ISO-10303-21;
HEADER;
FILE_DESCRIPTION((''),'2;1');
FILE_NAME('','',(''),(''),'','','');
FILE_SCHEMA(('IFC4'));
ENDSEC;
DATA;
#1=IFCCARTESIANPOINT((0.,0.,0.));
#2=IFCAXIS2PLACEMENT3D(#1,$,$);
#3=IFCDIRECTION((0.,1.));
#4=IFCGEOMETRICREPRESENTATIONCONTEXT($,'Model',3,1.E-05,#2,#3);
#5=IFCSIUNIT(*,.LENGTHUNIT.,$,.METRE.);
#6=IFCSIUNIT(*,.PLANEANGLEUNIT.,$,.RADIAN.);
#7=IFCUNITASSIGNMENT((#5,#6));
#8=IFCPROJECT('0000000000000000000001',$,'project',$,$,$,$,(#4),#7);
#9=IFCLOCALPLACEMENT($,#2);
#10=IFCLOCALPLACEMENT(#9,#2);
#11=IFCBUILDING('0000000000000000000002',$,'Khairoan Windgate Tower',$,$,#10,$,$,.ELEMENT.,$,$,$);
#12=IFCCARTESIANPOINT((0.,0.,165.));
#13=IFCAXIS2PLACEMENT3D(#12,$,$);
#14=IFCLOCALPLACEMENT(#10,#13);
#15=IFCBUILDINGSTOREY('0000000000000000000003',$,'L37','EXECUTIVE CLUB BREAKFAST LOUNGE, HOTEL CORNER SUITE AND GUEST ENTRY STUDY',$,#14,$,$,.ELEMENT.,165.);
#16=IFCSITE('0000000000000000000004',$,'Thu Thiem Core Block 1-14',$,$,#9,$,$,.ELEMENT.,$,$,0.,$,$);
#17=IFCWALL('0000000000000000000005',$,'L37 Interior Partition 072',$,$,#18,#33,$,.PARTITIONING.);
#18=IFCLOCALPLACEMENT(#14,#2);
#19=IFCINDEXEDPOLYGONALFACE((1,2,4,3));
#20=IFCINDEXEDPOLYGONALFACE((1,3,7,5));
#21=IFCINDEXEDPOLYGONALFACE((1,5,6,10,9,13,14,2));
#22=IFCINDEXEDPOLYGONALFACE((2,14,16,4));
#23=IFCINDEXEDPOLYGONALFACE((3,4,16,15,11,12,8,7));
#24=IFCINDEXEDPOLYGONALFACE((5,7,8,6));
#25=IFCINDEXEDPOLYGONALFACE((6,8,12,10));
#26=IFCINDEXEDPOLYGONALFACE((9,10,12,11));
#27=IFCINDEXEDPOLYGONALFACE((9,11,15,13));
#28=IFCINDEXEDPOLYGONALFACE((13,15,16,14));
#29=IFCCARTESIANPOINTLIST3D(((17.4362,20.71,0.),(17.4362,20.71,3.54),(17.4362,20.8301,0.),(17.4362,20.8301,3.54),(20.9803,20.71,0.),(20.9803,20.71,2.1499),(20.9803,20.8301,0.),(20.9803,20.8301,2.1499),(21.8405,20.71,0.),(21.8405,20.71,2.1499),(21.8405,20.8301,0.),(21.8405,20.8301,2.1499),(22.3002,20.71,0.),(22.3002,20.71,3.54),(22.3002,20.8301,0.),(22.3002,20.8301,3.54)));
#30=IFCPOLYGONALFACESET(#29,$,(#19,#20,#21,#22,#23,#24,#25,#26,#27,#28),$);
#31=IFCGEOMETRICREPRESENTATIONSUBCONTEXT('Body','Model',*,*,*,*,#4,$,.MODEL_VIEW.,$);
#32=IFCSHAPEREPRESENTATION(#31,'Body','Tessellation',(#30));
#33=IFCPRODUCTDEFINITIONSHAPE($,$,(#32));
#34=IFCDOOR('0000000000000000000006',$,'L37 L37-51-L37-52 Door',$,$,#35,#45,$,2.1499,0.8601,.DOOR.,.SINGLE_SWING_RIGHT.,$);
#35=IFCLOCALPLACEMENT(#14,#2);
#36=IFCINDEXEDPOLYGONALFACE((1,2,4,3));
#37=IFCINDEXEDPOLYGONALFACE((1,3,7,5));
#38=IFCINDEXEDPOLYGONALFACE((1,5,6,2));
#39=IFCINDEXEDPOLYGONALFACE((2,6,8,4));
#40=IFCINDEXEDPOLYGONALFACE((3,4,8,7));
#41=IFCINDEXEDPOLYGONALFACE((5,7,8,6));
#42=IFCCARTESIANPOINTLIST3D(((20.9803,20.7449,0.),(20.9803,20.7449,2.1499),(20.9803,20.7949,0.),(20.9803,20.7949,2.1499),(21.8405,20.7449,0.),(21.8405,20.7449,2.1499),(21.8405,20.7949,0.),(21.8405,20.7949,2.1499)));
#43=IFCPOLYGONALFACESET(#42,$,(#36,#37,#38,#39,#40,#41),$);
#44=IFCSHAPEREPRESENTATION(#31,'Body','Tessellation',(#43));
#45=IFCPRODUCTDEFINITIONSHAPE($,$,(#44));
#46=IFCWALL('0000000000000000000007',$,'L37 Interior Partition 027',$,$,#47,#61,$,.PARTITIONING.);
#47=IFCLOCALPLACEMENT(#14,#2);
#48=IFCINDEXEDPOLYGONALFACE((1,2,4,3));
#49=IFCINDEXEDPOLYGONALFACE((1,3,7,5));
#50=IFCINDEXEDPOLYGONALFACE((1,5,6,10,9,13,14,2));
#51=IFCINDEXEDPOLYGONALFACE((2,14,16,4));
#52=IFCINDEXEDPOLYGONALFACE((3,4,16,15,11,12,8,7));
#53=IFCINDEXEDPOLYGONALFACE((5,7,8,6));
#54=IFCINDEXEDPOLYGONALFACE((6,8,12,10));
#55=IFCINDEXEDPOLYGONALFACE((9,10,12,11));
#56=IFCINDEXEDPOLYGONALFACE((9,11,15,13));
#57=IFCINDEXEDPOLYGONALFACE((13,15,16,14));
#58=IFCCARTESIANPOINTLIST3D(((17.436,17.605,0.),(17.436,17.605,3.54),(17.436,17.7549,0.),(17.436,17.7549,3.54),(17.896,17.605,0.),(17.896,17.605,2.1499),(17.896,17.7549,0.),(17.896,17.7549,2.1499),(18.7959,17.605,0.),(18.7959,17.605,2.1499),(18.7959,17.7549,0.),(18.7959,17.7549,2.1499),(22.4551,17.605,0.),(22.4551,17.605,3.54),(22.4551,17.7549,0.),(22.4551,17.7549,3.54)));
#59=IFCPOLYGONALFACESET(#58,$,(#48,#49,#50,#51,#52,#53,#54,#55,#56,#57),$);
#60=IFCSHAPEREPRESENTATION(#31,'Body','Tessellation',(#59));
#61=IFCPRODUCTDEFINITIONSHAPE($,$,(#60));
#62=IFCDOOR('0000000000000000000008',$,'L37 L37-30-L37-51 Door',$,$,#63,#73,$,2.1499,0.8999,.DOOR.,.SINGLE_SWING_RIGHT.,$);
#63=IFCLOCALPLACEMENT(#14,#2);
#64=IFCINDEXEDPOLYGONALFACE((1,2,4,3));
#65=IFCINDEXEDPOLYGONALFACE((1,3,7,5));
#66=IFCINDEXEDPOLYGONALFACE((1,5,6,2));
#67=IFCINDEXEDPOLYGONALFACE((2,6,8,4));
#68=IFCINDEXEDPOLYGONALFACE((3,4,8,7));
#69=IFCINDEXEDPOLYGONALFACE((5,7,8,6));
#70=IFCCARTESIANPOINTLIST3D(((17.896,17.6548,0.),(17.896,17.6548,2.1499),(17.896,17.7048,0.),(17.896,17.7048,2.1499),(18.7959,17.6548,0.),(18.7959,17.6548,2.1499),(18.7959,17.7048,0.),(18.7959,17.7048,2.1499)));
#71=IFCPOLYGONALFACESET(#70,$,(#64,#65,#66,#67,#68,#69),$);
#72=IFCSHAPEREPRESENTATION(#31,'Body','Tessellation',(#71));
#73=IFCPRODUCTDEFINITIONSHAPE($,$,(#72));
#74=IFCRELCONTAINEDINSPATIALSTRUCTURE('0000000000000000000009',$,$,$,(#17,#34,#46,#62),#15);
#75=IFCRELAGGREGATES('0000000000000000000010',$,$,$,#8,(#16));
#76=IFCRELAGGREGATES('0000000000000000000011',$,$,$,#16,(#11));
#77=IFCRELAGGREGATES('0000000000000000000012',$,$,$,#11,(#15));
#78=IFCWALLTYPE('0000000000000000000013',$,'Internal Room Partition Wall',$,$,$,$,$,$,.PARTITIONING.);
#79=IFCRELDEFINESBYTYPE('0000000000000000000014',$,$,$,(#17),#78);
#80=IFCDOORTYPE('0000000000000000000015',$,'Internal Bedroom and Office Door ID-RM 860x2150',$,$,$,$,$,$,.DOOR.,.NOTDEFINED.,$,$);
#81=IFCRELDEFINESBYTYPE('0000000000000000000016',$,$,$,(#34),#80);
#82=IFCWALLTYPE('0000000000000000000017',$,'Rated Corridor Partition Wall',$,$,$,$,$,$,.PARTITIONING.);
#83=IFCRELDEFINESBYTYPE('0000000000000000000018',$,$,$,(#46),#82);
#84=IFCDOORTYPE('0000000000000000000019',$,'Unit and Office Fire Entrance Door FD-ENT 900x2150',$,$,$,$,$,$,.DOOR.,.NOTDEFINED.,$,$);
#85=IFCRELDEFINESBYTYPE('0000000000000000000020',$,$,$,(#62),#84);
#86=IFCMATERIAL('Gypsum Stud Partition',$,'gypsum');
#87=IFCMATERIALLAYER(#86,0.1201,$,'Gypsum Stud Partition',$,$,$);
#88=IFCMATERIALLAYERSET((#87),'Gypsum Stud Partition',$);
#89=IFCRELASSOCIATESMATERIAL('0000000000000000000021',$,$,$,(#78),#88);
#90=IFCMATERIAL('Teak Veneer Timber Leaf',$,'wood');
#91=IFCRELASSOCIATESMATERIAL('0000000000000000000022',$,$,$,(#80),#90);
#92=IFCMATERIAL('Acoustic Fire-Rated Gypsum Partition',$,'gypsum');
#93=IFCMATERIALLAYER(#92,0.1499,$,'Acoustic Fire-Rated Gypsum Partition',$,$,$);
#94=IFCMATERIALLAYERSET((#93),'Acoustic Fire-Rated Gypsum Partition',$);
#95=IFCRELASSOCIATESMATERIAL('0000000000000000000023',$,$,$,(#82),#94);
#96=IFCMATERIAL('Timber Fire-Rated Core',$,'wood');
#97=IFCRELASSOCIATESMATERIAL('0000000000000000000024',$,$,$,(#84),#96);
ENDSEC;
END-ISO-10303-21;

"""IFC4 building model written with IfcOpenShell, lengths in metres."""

from ifc_helpers import new_model, si_unit, direction, frame, frame_2d, origin, place, context, subcontext, project, spatial, rectangle, extrude, material, layer, layer_set, type_object, element, fill, save


model = new_model("IFC4")

# Units and contexts
model_context = context("Model", 3, precision=1e-05, world=origin(), true_north=direction((0.0, 1.0)))
body_context = subcontext(model_context, "Body", "Model", "MODEL_VIEW")
ifc_project = project(units=[si_unit("LENGTHUNIT", "METRE"), si_unit("PLANEANGLEUNIT", "RADIAN")], contexts=[model_context])

# Site, building, storey
site_placement = place(None, origin())
site = spatial("IfcSite", under=ifc_project, at=site_placement, Name="Thu Thiem Core Block 1-14", CompositionType="ELEMENT", RefElevation=0.0)
building_placement = place(site_placement, origin())
building = spatial("IfcBuilding", under=site, at=building_placement, Name="Khairoan Windgate Tower", CompositionType="ELEMENT")
storey_placement = place(building_placement, frame((0.0, 0.0, 165.0)))
storey = spatial("IfcBuildingStorey", under=building, at=storey_placement, Name="L37", Description="EXECUTIVE CLUB BREAKFAST LOUNGE, HOTEL CORNER SUITE AND GUEST ENTRY STUDY", CompositionType="ELEMENT", Elevation=165.0)

# Wall, opening, door
ifc_material_1 = material(Name="Gypsum Stud Partition", Category="gypsum")
ifc_layer_1 = layer(ifc_material_1, 0.1201, Name="Gypsum Stud Partition")
ifc_layer_set_1 = layer_set([ifc_layer_1], Name="Gypsum Stud Partition")
wall_type_1 = type_object("IfcWallType", Name="Internal Room Partition Wall", PredefinedType="PARTITIONING", material=ifc_layer_set_1)
wall_1_placement = place(storey_placement, frame((17.436, 20.77, 0.0), z_axis=(0.0, 0.0, 1.0), x_axis=(1.0, 0.0, 0.0)))
wall_1 = element("IfcWall", 1, at=wall_1_placement, inside=storey, type_object=wall_type_1, Name="L37 Interior Partition 072", PredefinedType="PARTITIONING", context=body_context, shape_type="SweptSolid", body=[
    extrude(rectangle(XDim=4.864, YDim=0.1201, at=frame_2d((2.4321, 0.0))), origin(), (0.0, 0.0, 1.0), 3.54),
])
opening_1_placement = place(wall_1_placement, frame((3.5442, 0.0, 0.0)))
opening_1 = element("IfcOpeningElement", 2, at=opening_1_placement, cuts=wall_1, PredefinedType="OPENING", context=body_context, shape_type="SweptSolid", body=[
    extrude(rectangle(XDim=0.8601, YDim=2.1499, at=frame_2d((0.4302, 1.075))), frame((0.0, 0.0701, 0.0), z_axis=(0.0, -1.0, 0.0), x_axis=(1.0, 0.0, 0.0)), (0.0, 0.0, 1.0), 0.1401),
])
ifc_material_2 = material(Name="Teak Veneer Timber Leaf", Category="wood")
door_type_1 = type_object("IfcDoorType", Name="Internal Bedroom and Office Door ID-RM 860x2150", OperationType="NOTDEFINED", PredefinedType="DOOR", material=ifc_material_2)
door_1_placement = place(opening_1_placement, origin())
door_1 = element("IfcDoor", 3, at=door_1_placement, inside=storey, type_object=door_type_1, Name="L37 L37-51-L37-52 Door", OperationType="SINGLE_SWING_RIGHT", OverallHeight=2.1499, OverallWidth=0.8601, PredefinedType="DOOR", context=body_context, shape_type="SweptSolid", body=[
    extrude(rectangle(XDim=0.8601, YDim=2.1499, at=frame_2d((0.4302, 1.075))), frame((0.0, 0.0249, 0.0), z_axis=(0.0, -1.0, 0.0), x_axis=(1.0, 0.0, 0.0)), (0.0, 0.0, 1.0), 0.05),
])
fill(opening_1, door_1)

# Wall, opening, door
ifc_material_3 = material(Name="Acoustic Fire-Rated Gypsum Partition", Category="gypsum")
ifc_layer_2 = layer(ifc_material_3, 0.1499, Name="Acoustic Fire-Rated Gypsum Partition")
ifc_layer_set_2 = layer_set([ifc_layer_2], Name="Acoustic Fire-Rated Gypsum Partition")
wall_type_2 = type_object("IfcWallType", Name="Rated Corridor Partition Wall", PredefinedType="PARTITIONING", material=ifc_layer_set_2)
wall_2_placement = place(storey_placement, frame((17.436, 17.6799, 0.0), z_axis=(0.0, 0.0, 1.0), x_axis=(1.0, 0.0, 0.0)))
wall_2 = element("IfcWall", 4, at=wall_2_placement, inside=storey, type_object=wall_type_2, Name="L37 Interior Partition 027", PredefinedType="PARTITIONING", context=body_context, shape_type="SweptSolid", body=[
    extrude(rectangle(XDim=5.019, YDim=0.1499, at=frame_2d((2.5095, 0.0))), origin(), (0.0, 0.0, 1.0), 3.54),
])
opening_2_placement = place(wall_2_placement, frame((0.46, 0.0, 0.0)))
opening_2 = element("IfcOpeningElement", 5, at=opening_2_placement, cuts=wall_2, PredefinedType="OPENING", context=body_context, shape_type="SweptSolid", body=[
    extrude(rectangle(XDim=0.8999, YDim=2.1499, at=frame_2d((0.45, 1.075))), frame((0.0, 0.085, 0.0), z_axis=(0.0, -1.0, 0.0), x_axis=(1.0, 0.0, 0.0)), (0.0, 0.0, 1.0), 0.1699),
])
ifc_material_4 = material(Name="Timber Fire-Rated Core", Category="wood")
door_type_2 = type_object("IfcDoorType", Name="Unit and Office Fire Entrance Door FD-ENT 900x2150", OperationType="NOTDEFINED", PredefinedType="DOOR", material=ifc_material_4)
door_2_placement = place(opening_2_placement, origin())
door_2 = element("IfcDoor", 6, at=door_2_placement, inside=storey, type_object=door_type_2, Name="L37 L37-30-L37-51 Door", OperationType="SINGLE_SWING_RIGHT", OverallHeight=2.1499, OverallWidth=0.8999, PredefinedType="DOOR", context=body_context, shape_type="SweptSolid", body=[
    extrude(rectangle(XDim=0.8999, YDim=2.1499, at=frame_2d((0.45, 1.075))), frame((0.0, 0.0249, 0.0), z_axis=(0.0, -1.0, 0.0), x_axis=(1.0, 0.0, 0.0)), (0.0, 0.0, 1.0), 0.05),
])
fill(opening_2, door_2)

save(model, "model.ifc")
